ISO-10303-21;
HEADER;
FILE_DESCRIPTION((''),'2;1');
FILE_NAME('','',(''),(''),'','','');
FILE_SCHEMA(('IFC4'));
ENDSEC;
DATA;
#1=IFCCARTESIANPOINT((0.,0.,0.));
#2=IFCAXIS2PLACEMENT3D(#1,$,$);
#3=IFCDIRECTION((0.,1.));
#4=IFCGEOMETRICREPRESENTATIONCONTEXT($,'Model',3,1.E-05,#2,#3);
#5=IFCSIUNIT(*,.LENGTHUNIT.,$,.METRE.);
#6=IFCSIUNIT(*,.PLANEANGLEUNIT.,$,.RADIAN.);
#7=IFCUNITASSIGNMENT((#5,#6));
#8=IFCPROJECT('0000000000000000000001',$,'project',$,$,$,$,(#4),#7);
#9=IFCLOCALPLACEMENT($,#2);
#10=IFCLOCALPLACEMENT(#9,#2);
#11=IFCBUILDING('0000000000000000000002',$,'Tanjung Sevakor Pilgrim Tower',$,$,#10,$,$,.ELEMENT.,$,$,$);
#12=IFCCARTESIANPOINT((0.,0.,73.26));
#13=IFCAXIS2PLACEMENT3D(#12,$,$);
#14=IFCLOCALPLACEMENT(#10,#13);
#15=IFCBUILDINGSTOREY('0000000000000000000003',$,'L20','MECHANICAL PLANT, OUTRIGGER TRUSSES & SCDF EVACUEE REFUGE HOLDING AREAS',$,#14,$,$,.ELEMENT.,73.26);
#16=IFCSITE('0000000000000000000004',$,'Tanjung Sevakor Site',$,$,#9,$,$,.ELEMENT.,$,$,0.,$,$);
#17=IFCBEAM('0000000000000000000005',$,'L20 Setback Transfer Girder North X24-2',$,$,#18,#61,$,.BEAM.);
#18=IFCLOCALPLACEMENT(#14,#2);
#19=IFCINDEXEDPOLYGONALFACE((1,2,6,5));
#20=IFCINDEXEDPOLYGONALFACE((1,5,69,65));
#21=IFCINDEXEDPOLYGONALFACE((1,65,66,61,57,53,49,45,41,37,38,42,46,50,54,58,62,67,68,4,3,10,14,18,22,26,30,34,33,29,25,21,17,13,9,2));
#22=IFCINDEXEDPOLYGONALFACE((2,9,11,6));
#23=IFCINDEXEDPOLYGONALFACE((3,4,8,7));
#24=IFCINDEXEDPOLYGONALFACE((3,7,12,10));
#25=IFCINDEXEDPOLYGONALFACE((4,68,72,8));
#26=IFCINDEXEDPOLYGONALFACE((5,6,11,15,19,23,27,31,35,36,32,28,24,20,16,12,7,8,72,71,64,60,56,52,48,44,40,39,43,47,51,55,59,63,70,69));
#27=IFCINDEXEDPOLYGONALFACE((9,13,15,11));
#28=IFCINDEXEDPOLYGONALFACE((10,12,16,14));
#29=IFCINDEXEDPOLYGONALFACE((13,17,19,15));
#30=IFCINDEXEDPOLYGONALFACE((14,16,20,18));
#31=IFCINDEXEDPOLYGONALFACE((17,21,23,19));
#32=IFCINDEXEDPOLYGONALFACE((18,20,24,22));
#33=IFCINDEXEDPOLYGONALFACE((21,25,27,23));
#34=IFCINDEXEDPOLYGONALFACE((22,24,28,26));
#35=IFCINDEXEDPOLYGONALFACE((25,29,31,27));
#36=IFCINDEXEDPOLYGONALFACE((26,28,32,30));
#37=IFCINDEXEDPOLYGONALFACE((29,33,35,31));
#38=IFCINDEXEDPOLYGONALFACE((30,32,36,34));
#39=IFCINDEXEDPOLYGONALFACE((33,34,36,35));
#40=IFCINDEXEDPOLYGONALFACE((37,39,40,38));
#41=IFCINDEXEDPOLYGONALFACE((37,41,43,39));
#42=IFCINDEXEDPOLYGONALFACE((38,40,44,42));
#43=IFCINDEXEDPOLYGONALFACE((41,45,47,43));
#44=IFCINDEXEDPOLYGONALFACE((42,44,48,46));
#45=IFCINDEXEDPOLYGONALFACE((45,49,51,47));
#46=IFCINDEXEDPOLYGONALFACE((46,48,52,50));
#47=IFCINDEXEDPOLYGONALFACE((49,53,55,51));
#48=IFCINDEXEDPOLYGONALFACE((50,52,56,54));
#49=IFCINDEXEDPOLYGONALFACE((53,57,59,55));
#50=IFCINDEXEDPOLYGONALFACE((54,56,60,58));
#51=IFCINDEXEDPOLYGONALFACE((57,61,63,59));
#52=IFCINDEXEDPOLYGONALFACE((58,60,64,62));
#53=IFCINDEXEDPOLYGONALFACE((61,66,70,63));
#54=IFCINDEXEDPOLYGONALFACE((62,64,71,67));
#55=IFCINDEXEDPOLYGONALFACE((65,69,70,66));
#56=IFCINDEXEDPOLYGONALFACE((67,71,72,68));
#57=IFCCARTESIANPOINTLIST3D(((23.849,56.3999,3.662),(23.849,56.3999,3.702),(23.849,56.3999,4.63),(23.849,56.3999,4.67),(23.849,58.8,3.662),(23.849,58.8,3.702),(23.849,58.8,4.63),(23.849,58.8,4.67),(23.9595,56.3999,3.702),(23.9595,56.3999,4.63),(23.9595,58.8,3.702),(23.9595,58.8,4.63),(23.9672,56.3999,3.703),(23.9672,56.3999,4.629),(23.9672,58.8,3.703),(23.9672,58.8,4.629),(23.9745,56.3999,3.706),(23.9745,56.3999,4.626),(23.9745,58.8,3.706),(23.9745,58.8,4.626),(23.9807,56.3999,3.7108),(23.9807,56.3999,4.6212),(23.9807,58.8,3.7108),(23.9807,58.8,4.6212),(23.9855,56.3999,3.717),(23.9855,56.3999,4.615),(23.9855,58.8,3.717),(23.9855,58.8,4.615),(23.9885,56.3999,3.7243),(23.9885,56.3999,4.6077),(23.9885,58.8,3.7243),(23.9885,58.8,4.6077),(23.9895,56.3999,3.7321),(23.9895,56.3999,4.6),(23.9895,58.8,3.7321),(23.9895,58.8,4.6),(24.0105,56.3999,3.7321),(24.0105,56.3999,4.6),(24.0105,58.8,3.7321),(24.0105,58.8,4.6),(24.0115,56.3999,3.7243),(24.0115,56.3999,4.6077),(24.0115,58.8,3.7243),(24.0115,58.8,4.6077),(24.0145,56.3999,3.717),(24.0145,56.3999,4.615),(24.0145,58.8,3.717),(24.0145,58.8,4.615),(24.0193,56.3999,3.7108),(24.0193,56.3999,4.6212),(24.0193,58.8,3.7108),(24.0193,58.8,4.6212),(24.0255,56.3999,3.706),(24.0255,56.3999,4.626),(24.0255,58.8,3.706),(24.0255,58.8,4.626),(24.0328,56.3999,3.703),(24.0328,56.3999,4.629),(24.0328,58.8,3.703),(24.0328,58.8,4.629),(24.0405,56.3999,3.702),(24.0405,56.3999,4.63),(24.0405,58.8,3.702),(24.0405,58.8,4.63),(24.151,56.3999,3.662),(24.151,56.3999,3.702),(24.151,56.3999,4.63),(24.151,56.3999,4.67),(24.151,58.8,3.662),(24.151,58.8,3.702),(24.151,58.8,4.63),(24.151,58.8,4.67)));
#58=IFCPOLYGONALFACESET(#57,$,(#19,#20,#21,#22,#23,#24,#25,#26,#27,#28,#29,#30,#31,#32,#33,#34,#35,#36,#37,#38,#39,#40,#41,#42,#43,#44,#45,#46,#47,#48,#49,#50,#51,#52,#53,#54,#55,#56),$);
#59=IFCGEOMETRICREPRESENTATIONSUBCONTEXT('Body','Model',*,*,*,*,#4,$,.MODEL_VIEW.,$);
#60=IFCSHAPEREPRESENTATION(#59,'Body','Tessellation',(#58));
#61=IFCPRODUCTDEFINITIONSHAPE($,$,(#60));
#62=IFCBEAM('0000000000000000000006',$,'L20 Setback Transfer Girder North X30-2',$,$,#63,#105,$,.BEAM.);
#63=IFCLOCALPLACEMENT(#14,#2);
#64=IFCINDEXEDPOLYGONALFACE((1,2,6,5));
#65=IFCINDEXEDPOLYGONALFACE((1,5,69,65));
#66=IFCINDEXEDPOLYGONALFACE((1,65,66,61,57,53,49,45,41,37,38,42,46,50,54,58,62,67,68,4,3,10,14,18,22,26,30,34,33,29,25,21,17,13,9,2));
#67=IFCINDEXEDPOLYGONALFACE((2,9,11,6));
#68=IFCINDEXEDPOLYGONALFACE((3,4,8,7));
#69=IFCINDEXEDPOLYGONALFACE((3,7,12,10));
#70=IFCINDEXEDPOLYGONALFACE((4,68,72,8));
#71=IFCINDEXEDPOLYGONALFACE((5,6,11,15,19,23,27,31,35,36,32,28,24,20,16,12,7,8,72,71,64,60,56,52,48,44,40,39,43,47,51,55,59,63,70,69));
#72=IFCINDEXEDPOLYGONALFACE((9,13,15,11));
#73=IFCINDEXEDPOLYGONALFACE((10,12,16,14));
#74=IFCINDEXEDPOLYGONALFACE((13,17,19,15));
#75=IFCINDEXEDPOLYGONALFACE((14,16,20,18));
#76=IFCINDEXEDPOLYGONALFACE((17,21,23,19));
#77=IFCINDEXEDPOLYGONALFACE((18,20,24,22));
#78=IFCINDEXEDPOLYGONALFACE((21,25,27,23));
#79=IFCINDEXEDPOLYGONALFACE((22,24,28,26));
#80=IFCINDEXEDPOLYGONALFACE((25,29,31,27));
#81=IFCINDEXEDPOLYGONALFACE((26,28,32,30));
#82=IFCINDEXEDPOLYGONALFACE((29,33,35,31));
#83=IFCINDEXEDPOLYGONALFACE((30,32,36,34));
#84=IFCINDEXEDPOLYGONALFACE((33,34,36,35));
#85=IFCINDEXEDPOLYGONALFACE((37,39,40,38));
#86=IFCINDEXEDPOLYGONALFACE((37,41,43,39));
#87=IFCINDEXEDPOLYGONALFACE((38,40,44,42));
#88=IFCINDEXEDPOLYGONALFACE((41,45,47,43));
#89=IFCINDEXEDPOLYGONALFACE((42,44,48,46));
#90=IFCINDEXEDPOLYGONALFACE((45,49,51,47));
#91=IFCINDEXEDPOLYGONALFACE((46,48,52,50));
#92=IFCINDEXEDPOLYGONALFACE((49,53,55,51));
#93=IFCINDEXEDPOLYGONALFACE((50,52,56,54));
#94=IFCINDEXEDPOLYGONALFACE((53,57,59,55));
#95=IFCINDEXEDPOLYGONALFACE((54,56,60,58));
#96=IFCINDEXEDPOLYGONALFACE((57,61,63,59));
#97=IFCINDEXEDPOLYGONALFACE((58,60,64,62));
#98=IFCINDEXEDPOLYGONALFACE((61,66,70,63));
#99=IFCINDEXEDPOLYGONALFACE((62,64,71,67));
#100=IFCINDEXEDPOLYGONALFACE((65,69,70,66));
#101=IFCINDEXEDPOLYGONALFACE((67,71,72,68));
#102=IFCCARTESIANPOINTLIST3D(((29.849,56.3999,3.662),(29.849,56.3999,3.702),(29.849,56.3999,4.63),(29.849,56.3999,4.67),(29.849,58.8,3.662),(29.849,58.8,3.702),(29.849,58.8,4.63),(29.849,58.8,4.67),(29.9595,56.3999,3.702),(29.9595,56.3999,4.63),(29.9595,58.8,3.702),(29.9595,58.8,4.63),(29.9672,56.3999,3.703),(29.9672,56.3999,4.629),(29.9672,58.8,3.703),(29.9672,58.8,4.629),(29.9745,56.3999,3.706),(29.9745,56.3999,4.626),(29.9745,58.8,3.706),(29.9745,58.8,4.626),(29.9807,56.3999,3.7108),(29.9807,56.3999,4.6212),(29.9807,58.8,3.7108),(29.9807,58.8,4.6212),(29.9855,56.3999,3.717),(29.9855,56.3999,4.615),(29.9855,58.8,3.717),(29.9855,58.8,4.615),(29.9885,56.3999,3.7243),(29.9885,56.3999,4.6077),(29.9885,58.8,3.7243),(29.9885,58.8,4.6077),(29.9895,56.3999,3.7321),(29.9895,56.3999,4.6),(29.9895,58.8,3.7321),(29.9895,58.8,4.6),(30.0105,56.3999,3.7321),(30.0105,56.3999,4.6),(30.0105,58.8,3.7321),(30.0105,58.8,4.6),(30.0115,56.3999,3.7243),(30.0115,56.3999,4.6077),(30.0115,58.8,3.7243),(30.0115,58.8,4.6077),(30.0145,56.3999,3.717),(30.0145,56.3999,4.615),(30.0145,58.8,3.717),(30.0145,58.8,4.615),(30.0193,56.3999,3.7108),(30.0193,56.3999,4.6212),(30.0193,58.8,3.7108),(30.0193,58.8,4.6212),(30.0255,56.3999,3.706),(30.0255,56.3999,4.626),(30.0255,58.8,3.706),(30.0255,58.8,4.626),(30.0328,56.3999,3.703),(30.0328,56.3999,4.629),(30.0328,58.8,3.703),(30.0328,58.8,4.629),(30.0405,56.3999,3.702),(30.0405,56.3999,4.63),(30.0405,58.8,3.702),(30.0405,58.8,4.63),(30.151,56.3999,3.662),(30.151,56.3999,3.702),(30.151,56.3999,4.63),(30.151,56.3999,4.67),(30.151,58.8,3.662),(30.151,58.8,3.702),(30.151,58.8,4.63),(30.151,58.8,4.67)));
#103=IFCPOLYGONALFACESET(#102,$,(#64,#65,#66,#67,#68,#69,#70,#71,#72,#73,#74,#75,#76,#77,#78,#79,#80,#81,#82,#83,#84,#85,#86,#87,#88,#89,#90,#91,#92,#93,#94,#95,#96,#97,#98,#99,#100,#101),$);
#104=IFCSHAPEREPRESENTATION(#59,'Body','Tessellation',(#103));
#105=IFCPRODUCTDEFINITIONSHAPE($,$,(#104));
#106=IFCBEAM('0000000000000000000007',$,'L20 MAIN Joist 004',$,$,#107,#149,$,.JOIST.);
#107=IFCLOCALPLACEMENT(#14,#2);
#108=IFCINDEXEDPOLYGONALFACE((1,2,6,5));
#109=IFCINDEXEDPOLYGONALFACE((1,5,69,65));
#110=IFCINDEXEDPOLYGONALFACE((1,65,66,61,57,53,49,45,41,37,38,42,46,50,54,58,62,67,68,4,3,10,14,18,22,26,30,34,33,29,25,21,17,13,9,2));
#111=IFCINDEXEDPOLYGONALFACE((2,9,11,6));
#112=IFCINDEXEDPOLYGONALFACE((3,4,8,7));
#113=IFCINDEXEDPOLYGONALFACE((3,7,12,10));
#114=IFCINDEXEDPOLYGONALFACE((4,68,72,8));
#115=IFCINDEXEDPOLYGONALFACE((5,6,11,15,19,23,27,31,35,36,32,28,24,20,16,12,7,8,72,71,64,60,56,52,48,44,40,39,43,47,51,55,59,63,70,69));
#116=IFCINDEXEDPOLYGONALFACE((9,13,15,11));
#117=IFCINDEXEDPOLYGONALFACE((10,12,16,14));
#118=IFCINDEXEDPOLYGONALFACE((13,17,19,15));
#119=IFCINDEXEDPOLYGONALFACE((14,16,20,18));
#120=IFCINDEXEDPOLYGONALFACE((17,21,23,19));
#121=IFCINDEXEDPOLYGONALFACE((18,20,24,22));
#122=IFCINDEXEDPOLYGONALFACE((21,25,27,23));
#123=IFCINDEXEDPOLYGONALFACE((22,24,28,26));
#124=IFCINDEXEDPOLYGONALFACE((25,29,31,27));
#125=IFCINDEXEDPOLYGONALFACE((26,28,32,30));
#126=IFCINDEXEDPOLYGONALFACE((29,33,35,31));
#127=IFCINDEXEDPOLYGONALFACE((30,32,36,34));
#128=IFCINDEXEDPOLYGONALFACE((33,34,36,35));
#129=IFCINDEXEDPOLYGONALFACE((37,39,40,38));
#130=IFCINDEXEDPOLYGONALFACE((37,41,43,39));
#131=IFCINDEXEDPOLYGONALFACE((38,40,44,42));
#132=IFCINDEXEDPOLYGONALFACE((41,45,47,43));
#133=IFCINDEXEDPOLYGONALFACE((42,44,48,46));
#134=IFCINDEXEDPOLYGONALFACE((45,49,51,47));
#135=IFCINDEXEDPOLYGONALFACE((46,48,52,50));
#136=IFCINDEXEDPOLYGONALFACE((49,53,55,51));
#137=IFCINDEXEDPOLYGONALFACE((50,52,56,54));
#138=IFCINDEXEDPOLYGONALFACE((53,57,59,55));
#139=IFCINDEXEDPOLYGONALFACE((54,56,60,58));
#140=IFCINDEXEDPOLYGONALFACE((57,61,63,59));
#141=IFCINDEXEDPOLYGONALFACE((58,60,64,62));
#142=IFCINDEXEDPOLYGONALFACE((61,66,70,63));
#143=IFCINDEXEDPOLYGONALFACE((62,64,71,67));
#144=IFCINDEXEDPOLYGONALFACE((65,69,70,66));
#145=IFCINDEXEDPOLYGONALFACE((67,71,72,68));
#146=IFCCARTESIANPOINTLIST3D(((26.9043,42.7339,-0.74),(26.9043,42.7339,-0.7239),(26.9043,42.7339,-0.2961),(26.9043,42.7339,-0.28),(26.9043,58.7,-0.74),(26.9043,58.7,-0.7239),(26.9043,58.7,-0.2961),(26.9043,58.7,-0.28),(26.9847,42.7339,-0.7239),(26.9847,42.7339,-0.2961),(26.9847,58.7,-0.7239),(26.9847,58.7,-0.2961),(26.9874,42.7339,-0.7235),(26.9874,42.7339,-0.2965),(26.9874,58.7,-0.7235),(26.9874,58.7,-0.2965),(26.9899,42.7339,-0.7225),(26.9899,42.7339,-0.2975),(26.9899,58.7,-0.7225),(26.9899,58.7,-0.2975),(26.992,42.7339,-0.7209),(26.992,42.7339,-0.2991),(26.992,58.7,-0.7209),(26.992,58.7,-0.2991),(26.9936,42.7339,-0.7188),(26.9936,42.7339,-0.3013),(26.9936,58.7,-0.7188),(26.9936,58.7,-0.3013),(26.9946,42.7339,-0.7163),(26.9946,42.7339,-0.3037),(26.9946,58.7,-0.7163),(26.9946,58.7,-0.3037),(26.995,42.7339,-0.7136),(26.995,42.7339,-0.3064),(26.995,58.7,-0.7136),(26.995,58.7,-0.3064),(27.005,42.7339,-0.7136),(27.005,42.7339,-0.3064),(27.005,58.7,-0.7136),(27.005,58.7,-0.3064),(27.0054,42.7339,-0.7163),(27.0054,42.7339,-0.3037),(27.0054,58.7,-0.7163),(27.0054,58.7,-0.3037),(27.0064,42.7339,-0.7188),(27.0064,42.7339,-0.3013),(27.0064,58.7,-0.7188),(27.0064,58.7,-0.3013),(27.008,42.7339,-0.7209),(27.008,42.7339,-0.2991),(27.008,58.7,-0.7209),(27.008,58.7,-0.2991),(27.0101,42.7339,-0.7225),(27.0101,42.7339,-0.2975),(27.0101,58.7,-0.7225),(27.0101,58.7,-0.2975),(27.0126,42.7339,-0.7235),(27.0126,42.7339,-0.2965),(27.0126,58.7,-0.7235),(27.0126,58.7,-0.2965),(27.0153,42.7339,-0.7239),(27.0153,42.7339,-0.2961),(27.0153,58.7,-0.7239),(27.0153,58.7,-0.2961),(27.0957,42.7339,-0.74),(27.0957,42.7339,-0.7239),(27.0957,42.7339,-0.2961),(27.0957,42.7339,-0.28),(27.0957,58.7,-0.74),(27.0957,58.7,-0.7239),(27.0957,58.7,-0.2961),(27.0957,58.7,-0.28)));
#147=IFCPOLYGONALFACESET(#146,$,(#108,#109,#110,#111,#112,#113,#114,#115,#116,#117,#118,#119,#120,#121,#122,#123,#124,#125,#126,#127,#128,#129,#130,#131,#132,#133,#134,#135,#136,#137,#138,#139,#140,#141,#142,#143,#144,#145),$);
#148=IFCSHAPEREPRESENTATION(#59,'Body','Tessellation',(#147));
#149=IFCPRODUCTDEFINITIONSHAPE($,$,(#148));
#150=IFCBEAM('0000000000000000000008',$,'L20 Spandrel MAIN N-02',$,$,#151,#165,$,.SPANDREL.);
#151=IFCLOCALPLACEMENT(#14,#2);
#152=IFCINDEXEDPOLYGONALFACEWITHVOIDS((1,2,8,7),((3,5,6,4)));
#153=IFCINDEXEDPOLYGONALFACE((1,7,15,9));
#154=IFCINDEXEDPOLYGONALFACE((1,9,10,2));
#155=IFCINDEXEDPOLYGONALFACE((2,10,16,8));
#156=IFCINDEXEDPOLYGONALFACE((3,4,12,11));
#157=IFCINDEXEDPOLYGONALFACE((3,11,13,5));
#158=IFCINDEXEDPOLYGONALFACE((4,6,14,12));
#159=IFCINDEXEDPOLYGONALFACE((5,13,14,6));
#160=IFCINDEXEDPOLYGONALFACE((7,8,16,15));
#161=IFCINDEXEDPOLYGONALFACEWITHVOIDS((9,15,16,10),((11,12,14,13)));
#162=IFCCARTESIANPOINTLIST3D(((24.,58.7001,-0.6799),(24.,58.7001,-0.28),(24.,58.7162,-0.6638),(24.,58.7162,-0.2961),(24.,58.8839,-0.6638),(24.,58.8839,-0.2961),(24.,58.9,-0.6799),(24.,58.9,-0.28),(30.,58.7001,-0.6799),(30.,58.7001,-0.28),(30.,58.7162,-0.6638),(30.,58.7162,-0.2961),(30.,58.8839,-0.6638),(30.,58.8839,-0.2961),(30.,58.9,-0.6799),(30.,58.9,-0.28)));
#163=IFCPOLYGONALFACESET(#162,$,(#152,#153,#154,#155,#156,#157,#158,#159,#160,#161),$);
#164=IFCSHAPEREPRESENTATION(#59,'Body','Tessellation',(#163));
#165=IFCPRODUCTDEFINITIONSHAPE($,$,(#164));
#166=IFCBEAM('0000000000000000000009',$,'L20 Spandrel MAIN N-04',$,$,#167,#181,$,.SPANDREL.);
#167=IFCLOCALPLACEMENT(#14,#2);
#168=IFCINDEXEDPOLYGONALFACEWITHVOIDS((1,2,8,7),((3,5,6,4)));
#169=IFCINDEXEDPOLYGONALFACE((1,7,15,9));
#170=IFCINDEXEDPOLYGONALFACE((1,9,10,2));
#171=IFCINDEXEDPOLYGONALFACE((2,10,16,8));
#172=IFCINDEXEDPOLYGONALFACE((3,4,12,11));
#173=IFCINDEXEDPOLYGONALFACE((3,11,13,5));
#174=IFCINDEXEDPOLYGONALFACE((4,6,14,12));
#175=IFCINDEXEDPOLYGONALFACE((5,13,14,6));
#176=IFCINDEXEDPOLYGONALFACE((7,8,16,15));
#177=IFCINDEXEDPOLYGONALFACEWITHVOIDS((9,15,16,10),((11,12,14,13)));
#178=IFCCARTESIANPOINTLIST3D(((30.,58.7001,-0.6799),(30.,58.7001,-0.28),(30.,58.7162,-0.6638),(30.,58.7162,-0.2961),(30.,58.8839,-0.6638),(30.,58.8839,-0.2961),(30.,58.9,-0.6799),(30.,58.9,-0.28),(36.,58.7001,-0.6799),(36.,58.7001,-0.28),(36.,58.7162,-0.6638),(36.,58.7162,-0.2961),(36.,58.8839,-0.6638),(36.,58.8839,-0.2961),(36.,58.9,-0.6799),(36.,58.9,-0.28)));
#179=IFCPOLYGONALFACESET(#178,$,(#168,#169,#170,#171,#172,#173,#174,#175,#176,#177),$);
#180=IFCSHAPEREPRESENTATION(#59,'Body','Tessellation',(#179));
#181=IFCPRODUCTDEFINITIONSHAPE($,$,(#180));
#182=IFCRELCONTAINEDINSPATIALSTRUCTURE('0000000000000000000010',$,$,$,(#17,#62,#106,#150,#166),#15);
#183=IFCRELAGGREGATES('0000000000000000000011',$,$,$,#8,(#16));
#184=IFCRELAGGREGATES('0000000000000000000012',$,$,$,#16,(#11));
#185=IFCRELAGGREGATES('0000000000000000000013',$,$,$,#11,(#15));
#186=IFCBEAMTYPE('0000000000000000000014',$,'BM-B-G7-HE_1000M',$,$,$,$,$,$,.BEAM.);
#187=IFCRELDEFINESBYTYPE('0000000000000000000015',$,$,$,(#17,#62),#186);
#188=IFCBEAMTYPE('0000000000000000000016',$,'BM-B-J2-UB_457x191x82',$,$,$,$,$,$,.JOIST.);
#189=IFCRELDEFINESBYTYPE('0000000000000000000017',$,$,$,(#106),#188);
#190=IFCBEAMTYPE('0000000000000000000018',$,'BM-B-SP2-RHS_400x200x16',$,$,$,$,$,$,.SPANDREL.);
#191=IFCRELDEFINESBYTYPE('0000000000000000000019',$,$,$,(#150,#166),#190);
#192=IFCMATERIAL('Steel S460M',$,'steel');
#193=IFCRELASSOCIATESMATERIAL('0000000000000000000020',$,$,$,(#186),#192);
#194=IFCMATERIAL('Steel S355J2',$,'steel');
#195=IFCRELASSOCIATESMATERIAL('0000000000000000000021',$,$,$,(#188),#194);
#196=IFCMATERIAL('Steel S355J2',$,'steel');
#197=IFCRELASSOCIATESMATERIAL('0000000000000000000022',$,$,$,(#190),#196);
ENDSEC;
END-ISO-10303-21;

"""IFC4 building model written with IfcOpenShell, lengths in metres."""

from ifc_helpers import new_model, si_unit, direction, frame, origin, origin_2d, place, context, subcontext, project, spatial, hollow_rectangle, i_section, extrude, material, material_profile, profile_set, type_object, element, save


model = new_model("IFC4")

# Units and contexts
model_context = context("Model", 3, precision=1e-05, world=origin(), true_north=direction((0.0, 1.0)))
body_context = subcontext(model_context, "Body", "Model", "MODEL_VIEW")
ifc_project = project(units=[si_unit("LENGTHUNIT", "METRE"), si_unit("PLANEANGLEUNIT", "RADIAN")], contexts=[model_context])

# Site, building, storey
site_placement = place(None, origin())
site = spatial("IfcSite", under=ifc_project, at=site_placement, Name="Tanjung Sevakor Site", CompositionType="ELEMENT", RefElevation=0.0)
building_placement = place(site_placement, origin())
building = spatial("IfcBuilding", under=site, at=building_placement, Name="Tanjung Sevakor Pilgrim Tower", CompositionType="ELEMENT")
storey_placement = place(building_placement, frame((0.0, 0.0, 73.26)))
storey = spatial("IfcBuildingStorey", under=building, at=storey_placement, Name="L20", Description="MECHANICAL PLANT, OUTRIGGER TRUSSES & SCDF EVACUEE REFUGE HOLDING AREAS", CompositionType="ELEMENT", Elevation=73.26)

# Beams
ifc_material_1 = material(Name="Steel S460M", Category="steel")
ifc_material_profile_1 = material_profile(ifc_material_1, i_section(OverallWidth=0.302, OverallDepth=1.0081, WebThickness=0.021, FlangeThickness=0.04, FilletRadius=0.03, at=origin_2d()))
ifc_profile_set_1 = profile_set([ifc_material_profile_1], Name="Steel S460M")
beam_type_1 = type_object("IfcBeamType", Name="BM-B-G7-HE_1000M", PredefinedType="BEAM", material=ifc_profile_set_1)
for number, where, z_axis, x_axis, name in (
    (1, (24.0, 56.3999, 4.166), (0.0, 1.0, 0.0), (-1.0, 0.0, 0.0), "L20 Setback Transfer Girder North X24-2"),
    (2, (30.0, 56.3999, 4.166), (0.0, 1.0, 0.0), (-1.0, 0.0, 0.0), "L20 Setback Transfer Girder North X30-2"),
):
    element("IfcBeam", number, at=place(storey_placement, frame(where, z_axis=z_axis, x_axis=x_axis)), inside=storey, type_object=beam_type_1, Name=name, PredefinedType="BEAM", context=body_context, shape_type="SweptSolid", body=[
        extrude(i_section(OverallWidth=0.302, OverallDepth=1.0081, WebThickness=0.021, FlangeThickness=0.04, FilletRadius=0.03, at=origin_2d()), origin(), (0.0, 0.0, 1.0), 2.4001),
    ])
ifc_material_2 = material(Name="Steel S355J2", Category="steel")
ifc_material_profile_2 = material_profile(ifc_material_2, i_section(OverallWidth=0.1914, OverallDepth=0.46, WebThickness=0.01, FlangeThickness=0.0161, FilletRadius=0.0103, at=origin_2d()))
ifc_profile_set_2 = profile_set([ifc_material_profile_2], Name="Steel S355J2")
beam_type_2 = type_object("IfcBeamType", Name="BM-B-J2-UB_457x191x82", PredefinedType="JOIST", material=ifc_profile_set_2)
beam_1_placement = place(storey_placement, frame((27.0, 42.7339, -0.51), z_axis=(0.0, 1.0, 0.0), x_axis=(-1.0, 0.0, 0.0)))
element("IfcBeam", 3, at=beam_1_placement, inside=storey, type_object=beam_type_2, Name="L20 MAIN Joist 004", PredefinedType="JOIST", context=body_context, shape_type="SweptSolid", body=[
    extrude(i_section(OverallWidth=0.1914, OverallDepth=0.46, WebThickness=0.01, FlangeThickness=0.0161, FilletRadius=0.0103, at=origin_2d()), origin(), (0.0, 0.0, 1.0), 15.9661),
])
ifc_material_3 = material(Name="Steel S355J2", Category="steel")
ifc_material_profile_3 = material_profile(ifc_material_3, hollow_rectangle(XDim=0.2, YDim=0.3999, WallThickness=0.0161, at=origin_2d()))
ifc_profile_set_3 = profile_set([ifc_material_profile_3], Name="Steel S355J2")
beam_type_3 = type_object("IfcBeamType", Name="BM-B-SP2-RHS_400x200x16", PredefinedType="SPANDREL", material=ifc_profile_set_3)
for number, where, z_axis, x_axis, name in (
    (4, (24.0, 58.8, -0.48), (1.0, 0.0, 0.0), (0.0, 1.0, 0.0), "L20 Spandrel MAIN N-02"),
    (5, (30.0, 58.8, -0.48), (1.0, 0.0, 0.0), (0.0, 1.0, 0.0), "L20 Spandrel MAIN N-04"),
):
    element("IfcBeam", number, at=place(storey_placement, frame(where, z_axis=z_axis, x_axis=x_axis)), inside=storey, type_object=beam_type_3, Name=name, PredefinedType="SPANDREL", context=body_context, shape_type="SweptSolid", body=[
        extrude(hollow_rectangle(XDim=0.2, YDim=0.3999, WallThickness=0.0161, at=origin_2d()), origin(), (0.0, 0.0, 1.0), 6.0),
    ])

save(model, "model.ifc")
